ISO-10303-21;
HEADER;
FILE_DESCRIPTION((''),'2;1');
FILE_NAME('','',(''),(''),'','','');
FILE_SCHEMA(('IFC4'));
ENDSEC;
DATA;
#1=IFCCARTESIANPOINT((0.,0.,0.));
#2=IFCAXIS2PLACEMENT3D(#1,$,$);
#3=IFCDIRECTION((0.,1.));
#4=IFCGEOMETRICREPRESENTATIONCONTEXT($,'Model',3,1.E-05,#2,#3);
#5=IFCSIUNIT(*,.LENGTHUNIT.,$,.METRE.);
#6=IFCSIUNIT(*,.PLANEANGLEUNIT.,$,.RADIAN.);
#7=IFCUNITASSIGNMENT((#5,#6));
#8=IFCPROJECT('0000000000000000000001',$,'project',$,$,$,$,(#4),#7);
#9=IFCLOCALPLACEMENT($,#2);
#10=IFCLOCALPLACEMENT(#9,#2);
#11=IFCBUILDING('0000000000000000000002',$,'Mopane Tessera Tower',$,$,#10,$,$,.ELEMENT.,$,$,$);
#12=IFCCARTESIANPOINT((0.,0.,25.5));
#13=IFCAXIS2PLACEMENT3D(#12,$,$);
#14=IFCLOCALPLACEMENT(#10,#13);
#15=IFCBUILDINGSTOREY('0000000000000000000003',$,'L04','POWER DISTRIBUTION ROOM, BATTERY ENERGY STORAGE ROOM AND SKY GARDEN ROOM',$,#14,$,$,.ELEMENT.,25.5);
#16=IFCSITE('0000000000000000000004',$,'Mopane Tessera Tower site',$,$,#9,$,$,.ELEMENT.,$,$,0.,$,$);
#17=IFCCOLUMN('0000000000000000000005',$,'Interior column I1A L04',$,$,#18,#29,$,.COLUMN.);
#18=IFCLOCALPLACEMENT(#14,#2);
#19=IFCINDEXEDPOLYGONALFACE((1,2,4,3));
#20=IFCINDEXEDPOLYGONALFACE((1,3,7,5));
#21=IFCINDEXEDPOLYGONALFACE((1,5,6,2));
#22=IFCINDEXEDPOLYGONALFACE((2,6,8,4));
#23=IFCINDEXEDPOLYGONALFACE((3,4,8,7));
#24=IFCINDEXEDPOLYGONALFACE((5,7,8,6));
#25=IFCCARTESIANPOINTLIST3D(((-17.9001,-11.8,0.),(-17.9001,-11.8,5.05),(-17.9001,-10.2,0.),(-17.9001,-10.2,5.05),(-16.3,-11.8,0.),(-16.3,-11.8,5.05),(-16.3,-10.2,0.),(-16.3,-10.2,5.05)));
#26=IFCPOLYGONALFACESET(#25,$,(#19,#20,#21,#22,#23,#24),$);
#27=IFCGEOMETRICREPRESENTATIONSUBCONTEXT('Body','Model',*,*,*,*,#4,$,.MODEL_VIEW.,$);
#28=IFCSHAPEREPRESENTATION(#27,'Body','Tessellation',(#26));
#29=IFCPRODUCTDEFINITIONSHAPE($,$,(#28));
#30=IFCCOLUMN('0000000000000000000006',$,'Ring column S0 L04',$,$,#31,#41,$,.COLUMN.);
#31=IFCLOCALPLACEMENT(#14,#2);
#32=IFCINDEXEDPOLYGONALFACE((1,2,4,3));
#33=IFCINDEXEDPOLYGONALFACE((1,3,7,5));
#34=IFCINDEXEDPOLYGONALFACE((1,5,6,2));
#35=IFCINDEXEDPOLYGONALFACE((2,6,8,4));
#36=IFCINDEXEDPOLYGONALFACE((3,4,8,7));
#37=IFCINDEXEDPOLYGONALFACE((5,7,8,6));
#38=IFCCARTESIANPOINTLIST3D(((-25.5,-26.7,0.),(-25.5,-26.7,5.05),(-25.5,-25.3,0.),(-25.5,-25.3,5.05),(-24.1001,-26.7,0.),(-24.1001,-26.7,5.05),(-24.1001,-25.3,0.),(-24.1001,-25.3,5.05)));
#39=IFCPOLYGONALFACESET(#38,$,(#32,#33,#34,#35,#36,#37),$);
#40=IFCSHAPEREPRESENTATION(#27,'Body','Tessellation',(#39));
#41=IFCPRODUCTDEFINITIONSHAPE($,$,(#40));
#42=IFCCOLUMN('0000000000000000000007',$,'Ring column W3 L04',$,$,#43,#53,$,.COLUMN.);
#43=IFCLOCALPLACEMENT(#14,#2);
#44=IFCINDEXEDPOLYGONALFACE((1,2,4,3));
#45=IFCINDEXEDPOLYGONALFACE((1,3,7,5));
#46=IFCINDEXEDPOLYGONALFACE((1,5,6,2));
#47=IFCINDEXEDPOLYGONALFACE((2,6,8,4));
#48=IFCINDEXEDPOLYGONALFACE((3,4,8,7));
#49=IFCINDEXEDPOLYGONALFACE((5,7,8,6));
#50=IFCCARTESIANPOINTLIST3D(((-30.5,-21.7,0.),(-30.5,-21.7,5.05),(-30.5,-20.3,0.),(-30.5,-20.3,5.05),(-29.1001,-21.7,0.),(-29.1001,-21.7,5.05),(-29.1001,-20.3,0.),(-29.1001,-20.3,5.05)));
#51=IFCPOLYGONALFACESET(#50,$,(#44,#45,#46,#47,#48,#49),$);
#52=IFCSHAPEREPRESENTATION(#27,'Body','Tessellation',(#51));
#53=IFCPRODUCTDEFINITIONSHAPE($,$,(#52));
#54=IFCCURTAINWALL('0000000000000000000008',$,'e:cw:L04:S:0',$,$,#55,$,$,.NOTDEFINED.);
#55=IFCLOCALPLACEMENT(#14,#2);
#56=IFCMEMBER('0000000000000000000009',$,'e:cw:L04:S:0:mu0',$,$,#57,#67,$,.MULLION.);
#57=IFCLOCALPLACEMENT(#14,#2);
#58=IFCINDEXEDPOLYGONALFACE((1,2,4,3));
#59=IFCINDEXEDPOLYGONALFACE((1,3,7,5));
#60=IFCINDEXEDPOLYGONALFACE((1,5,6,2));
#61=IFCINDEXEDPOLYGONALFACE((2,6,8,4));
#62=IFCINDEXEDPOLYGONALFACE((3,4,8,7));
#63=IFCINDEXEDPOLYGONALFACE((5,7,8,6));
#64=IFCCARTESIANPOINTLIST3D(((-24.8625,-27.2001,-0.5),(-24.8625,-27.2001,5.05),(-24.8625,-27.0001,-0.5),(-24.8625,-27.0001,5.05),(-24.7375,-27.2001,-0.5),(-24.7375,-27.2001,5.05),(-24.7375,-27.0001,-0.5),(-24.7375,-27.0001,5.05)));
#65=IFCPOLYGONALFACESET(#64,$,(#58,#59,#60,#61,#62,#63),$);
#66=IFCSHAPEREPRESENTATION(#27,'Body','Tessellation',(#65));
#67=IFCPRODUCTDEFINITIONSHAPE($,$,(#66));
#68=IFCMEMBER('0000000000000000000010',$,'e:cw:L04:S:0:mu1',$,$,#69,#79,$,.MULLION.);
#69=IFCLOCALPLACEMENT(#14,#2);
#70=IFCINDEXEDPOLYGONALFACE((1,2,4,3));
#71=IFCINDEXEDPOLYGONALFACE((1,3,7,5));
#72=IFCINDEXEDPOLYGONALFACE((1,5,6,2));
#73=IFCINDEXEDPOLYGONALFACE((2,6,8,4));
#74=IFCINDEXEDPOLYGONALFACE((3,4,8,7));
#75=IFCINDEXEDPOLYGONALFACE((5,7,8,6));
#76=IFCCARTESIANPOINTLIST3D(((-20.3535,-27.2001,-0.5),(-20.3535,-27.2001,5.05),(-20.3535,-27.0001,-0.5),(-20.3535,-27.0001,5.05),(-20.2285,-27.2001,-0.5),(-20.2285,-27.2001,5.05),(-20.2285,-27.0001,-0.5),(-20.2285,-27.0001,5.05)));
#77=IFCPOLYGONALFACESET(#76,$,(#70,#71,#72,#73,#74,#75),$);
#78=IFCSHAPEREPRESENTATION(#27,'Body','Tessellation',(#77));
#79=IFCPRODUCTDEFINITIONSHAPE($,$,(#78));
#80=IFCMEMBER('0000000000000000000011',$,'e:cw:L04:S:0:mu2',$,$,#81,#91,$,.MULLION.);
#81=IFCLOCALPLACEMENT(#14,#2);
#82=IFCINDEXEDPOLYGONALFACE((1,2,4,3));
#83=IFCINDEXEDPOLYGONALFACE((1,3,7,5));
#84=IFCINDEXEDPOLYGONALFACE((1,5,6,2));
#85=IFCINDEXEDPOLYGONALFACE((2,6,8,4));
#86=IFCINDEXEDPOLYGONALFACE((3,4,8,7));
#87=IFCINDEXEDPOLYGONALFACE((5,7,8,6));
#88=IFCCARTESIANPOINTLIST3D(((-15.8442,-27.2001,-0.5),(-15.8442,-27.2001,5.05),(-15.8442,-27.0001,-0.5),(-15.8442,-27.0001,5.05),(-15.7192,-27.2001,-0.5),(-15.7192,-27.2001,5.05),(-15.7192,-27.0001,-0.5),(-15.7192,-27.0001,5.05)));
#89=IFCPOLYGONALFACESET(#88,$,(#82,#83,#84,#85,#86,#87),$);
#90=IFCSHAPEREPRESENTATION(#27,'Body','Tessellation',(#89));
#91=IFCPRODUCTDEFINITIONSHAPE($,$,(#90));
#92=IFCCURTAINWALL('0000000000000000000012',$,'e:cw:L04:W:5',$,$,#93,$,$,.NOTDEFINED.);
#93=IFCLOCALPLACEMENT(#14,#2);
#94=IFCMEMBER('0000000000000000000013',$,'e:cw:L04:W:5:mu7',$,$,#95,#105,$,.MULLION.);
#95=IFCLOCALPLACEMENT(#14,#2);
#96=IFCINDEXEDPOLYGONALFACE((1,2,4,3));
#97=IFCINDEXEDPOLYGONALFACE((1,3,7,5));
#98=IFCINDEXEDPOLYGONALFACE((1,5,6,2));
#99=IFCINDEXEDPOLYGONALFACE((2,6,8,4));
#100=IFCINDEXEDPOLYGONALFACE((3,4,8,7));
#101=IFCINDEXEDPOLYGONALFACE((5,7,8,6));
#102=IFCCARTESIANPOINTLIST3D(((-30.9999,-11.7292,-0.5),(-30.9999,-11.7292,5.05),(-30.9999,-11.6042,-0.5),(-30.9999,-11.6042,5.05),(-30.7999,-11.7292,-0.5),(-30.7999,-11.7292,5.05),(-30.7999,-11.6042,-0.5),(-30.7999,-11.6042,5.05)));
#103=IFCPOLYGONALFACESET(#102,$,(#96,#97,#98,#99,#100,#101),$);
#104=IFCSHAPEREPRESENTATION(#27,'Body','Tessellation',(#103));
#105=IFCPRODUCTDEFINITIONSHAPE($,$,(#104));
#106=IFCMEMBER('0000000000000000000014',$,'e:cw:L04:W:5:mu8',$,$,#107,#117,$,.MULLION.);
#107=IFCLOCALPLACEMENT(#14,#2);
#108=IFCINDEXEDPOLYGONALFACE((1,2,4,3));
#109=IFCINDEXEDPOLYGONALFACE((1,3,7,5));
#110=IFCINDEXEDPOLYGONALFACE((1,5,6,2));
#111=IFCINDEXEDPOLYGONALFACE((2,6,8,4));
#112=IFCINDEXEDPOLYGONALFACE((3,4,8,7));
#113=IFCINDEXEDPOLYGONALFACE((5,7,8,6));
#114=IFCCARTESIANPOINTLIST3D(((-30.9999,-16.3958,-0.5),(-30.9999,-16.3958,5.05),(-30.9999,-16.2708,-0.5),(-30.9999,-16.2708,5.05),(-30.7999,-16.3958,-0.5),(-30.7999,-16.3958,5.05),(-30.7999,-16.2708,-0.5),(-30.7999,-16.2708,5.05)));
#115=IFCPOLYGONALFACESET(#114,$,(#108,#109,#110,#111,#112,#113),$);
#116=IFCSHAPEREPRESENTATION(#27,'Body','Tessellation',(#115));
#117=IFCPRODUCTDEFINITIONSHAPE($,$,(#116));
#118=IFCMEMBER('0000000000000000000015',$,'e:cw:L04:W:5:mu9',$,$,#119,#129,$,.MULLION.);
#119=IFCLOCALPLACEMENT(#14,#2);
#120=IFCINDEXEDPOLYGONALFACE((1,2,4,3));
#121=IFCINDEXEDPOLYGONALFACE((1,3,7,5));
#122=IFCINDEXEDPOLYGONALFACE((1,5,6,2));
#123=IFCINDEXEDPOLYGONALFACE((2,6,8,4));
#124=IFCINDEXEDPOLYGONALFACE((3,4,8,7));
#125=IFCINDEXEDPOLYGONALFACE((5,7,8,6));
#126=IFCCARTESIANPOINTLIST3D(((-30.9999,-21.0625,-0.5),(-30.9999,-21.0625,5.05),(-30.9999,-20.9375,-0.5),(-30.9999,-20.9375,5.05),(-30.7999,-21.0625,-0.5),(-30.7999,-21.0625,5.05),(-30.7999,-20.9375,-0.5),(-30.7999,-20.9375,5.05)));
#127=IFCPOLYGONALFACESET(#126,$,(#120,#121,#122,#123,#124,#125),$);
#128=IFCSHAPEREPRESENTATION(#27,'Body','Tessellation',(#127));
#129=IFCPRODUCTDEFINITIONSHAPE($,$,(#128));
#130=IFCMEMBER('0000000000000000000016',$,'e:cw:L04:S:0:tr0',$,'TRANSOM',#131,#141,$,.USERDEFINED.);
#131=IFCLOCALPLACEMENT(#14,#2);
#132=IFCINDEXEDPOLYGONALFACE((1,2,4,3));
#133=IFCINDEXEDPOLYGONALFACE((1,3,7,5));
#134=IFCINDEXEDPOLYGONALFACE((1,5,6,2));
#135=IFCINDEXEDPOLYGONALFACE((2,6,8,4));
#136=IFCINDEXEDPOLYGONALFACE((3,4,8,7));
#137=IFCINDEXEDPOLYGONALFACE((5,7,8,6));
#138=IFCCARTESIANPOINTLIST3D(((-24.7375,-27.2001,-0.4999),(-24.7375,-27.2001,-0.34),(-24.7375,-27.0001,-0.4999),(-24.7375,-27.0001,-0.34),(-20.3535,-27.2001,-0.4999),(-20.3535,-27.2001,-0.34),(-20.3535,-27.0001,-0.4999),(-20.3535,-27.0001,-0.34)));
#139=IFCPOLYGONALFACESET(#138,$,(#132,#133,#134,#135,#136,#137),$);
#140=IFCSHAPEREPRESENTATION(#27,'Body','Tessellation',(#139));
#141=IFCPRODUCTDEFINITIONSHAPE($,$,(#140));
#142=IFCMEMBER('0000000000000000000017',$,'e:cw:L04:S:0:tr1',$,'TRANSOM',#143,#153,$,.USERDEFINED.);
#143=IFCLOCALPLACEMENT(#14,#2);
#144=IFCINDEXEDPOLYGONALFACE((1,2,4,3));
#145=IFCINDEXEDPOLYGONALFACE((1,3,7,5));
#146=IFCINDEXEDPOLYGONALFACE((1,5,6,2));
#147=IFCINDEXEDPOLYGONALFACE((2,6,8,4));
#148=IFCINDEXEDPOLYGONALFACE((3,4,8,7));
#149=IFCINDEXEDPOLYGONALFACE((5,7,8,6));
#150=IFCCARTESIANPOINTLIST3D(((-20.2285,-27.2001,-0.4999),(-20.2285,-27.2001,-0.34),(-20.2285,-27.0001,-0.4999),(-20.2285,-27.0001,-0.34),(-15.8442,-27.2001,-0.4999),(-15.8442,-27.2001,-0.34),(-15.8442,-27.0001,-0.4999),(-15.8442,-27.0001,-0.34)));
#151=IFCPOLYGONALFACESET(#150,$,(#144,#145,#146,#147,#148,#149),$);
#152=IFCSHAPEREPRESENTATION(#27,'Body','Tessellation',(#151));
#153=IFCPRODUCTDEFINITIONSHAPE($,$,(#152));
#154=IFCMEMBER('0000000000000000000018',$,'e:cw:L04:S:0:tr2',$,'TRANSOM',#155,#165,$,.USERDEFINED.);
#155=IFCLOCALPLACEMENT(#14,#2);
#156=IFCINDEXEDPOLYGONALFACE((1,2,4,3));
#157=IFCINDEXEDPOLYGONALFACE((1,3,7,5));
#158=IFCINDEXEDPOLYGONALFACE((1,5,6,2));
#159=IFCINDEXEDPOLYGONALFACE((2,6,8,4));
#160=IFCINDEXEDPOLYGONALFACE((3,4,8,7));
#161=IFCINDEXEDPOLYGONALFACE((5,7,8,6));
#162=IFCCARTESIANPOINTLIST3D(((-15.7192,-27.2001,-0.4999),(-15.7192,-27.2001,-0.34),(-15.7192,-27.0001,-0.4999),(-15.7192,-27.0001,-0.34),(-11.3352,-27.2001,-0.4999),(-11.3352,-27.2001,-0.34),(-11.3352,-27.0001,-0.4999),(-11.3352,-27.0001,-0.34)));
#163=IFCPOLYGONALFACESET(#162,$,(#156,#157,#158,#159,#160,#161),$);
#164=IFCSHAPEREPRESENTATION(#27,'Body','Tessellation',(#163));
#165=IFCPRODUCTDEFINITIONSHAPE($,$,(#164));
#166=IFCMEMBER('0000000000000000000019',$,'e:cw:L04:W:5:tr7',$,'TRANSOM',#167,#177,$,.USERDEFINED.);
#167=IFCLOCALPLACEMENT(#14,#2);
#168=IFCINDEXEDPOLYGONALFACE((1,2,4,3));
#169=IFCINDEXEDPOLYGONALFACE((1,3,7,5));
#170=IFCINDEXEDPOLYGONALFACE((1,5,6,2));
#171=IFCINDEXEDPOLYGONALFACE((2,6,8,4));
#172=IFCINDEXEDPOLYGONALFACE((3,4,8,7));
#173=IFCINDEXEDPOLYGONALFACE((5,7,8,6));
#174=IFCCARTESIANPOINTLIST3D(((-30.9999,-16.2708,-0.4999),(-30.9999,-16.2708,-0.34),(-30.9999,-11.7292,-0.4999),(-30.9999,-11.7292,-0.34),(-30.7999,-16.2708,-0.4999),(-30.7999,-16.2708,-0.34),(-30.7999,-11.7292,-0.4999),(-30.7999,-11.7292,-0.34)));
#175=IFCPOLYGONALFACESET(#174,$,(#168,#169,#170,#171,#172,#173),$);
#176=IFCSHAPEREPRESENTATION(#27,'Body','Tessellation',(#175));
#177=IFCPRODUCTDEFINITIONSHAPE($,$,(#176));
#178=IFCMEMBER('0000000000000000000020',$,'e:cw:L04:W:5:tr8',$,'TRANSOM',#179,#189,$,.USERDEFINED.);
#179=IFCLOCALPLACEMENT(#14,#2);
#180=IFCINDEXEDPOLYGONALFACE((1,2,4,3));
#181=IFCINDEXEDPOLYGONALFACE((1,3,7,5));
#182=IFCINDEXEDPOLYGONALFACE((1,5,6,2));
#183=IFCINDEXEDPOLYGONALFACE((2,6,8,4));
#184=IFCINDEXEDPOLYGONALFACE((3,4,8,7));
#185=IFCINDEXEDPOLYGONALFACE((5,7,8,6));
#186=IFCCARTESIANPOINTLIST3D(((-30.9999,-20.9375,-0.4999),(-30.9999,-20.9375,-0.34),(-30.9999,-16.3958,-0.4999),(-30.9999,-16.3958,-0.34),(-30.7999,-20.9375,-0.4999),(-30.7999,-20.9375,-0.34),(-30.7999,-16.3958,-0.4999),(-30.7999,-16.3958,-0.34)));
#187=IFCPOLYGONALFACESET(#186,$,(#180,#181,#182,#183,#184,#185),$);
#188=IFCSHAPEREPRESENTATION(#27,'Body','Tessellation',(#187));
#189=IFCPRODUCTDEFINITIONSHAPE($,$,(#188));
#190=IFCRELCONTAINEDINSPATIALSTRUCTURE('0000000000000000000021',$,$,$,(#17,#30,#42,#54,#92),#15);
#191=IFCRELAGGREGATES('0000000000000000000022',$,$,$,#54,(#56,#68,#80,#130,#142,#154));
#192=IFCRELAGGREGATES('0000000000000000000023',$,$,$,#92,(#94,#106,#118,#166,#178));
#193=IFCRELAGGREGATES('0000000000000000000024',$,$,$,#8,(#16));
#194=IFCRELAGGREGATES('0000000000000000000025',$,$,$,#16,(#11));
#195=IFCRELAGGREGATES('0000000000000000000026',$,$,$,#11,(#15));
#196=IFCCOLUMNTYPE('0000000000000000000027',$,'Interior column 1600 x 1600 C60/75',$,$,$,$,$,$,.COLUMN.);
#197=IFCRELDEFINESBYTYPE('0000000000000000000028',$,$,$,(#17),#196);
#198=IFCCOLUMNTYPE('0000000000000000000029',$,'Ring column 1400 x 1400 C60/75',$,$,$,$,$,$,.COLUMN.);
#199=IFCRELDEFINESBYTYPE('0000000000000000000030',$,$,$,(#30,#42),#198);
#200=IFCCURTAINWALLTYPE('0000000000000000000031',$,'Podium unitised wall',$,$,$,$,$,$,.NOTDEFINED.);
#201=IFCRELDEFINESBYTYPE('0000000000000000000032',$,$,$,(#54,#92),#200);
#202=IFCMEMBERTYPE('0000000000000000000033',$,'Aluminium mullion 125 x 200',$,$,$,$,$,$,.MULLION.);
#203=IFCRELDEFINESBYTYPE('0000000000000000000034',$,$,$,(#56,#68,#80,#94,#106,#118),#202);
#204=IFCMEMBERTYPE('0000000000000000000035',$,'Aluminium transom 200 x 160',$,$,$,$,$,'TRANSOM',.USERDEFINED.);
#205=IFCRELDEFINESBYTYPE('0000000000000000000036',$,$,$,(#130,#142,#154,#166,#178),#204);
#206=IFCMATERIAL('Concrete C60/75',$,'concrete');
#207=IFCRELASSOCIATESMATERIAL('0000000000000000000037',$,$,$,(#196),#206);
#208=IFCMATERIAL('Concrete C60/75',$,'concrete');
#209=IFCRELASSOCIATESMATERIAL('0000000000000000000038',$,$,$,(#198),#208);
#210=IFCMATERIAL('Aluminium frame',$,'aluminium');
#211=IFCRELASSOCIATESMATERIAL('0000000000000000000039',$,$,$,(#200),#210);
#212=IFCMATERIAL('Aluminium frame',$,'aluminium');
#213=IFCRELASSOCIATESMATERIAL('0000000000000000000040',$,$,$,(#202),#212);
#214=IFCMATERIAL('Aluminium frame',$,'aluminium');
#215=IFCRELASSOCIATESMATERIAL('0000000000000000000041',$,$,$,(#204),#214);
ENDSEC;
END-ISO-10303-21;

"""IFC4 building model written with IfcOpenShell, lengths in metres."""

from ifc_helpers import new_model, si_unit, direction, frame, origin, origin_2d, place, context, subcontext, project, spatial, rectangle, extrude, material, material_profile, profile_set, type_object, element, aggregate, save


model = new_model("IFC4")

# Units and contexts
model_context = context("Model", 3, precision=1e-05, world=origin(), true_north=direction((0.0, 1.0)))
body_context = subcontext(model_context, "Body", "Model", "MODEL_VIEW")
ifc_project = project(units=[si_unit("LENGTHUNIT", "METRE"), si_unit("PLANEANGLEUNIT", "RADIAN")], contexts=[model_context])

# Site, building, storey
site_placement = place(None, origin())
site = spatial("IfcSite", under=ifc_project, at=site_placement, Name="Mopane Tessera Tower site", CompositionType="ELEMENT", RefElevation=0.0)
building_placement = place(site_placement, origin())
building = spatial("IfcBuilding", under=site, at=building_placement, Name="Mopane Tessera Tower", CompositionType="ELEMENT")
storey_placement = place(building_placement, frame((0.0, 0.0, 25.5)))
storey = spatial("IfcBuildingStorey", under=building, at=storey_placement, Name="L04", Description="POWER DISTRIBUTION ROOM, BATTERY ENERGY STORAGE ROOM AND SKY GARDEN ROOM", CompositionType="ELEMENT", Elevation=25.5)

# Columns
ifc_material_1 = material(Name="Concrete C60/75", Category="concrete")
ifc_material_profile_1 = material_profile(ifc_material_1, rectangle(XDim=1.6001, YDim=1.6001, at=origin_2d()))
ifc_profile_set_1 = profile_set([ifc_material_profile_1], Name="Concrete C60/75")
column_type_1 = type_object("IfcColumnType", Name="Interior column 1600 x 1600 C60/75", PredefinedType="COLUMN", material=ifc_profile_set_1)
column_placement = place(storey_placement, frame((-17.1001, -11.0, 0.0), z_axis=(0.0, 0.0, 1.0), x_axis=(1.0, 0.0, 0.0)))
element("IfcColumn", 1, at=column_placement, inside=storey, type_object=column_type_1, Name="Interior column I1A L04", PredefinedType="COLUMN", context=body_context, shape_type="SweptSolid", body=[
    extrude(rectangle(XDim=1.6001, YDim=1.6001, at=origin_2d()), origin(), (0.0, 0.0, 1.0), 5.05),
])
ifc_material_2 = material(Name="Concrete C60/75", Category="concrete")
ifc_material_profile_2 = material_profile(ifc_material_2, rectangle(XDim=1.3999, YDim=1.3999, at=origin_2d()))
ifc_profile_set_2 = profile_set([ifc_material_profile_2], Name="Concrete C60/75")
column_type_2 = type_object("IfcColumnType", Name="Ring column 1400 x 1400 C60/75", PredefinedType="COLUMN", material=ifc_profile_set_2)
for number, where, z_axis, x_axis, name in (
    (2, (-24.8, -26.0, 0.0), (0.0, 0.0, 1.0), (1.0, 0.0, 0.0), "Ring column S0 L04"),
    (3, (-29.8, -21.0, 0.0), (0.0, 0.0, 1.0), (1.0, 0.0, 0.0), "Ring column W3 L04"),
):
    element("IfcColumn", number, at=place(storey_placement, frame(where, z_axis=z_axis, x_axis=x_axis)), inside=storey, type_object=column_type_2, Name=name, PredefinedType="COLUMN", context=body_context, shape_type="SweptSolid", body=[
        extrude(rectangle(XDim=1.3999, YDim=1.3999, at=origin_2d()), origin(), (0.0, 0.0, 1.0), 5.05),
    ])

# Curtain walls, members
ifc_material_3 = material(Name="Aluminium frame", Category="aluminium")
curtain_wall_type = type_object("IfcCurtainWallType", Name="Podium unitised wall", PredefinedType="NOTDEFINED", material=ifc_material_3)
curtain_wall_1_placement = place(storey_placement, origin())
curtain_wall_1 = element("IfcCurtainWall", 4, at=curtain_wall_1_placement, inside=storey, type_object=curtain_wall_type, Name="e:cw:L04:S:0", PredefinedType="NOTDEFINED")
ifc_material_4 = material(Name="Aluminium frame", Category="aluminium")
ifc_material_profile_3 = material_profile(ifc_material_4, rectangle(XDim=0.125, YDim=0.2, at=origin_2d()))
ifc_profile_set_3 = profile_set([ifc_material_profile_3], Name="Aluminium frame")
member_type_1 = type_object("IfcMemberType", Name="Aluminium mullion 125 x 200", PredefinedType="MULLION", material=ifc_profile_set_3)
member_1_placement = place(storey_placement, frame((-24.8, -27.1001, -0.5), z_axis=(0.0, 0.0, 1.0), x_axis=(1.0, 0.0, 0.0)))
member_1 = element("IfcMember", 5, at=member_1_placement, type_object=member_type_1, Name="e:cw:L04:S:0:mu0", PredefinedType="MULLION", context=body_context, shape_type="SweptSolid", body=[
    extrude(rectangle(XDim=0.125, YDim=0.2, at=origin_2d()), origin(), (0.0, 0.0, 1.0), 5.55),
])
member_2_placement = place(storey_placement, frame((-20.291, -27.1001, -0.5), z_axis=(0.0, 0.0, 1.0), x_axis=(1.0, 0.0, 0.0)))
member_2 = element("IfcMember", 6, at=member_2_placement, type_object=member_type_1, Name="e:cw:L04:S:0:mu1", PredefinedType="MULLION", context=body_context, shape_type="SweptSolid", body=[
    extrude(rectangle(XDim=0.125, YDim=0.2, at=origin_2d()), origin(), (0.0, 0.0, 1.0), 5.55),
])
member_3_placement = place(storey_placement, frame((-15.7817, -27.1001, -0.5), z_axis=(0.0, 0.0, 1.0), x_axis=(1.0, 0.0, 0.0)))
member_3 = element("IfcMember", 7, at=member_3_placement, type_object=member_type_1, Name="e:cw:L04:S:0:mu2", PredefinedType="MULLION", context=body_context, shape_type="SweptSolid", body=[
    extrude(rectangle(XDim=0.125, YDim=0.2, at=origin_2d()), origin(), (0.0, 0.0, 1.0), 5.55),
])
curtain_wall_2_placement = place(storey_placement, origin())
curtain_wall_2 = element("IfcCurtainWall", 8, at=curtain_wall_2_placement, inside=storey, type_object=curtain_wall_type, Name="e:cw:L04:W:5", PredefinedType="NOTDEFINED")
member_4_placement = place(storey_placement, frame((-30.8999, -11.6667, -0.5), z_axis=(0.0, 0.0, 1.0), x_axis=(0.0, -1.0, 0.0)))
member_4 = element("IfcMember", 9, at=member_4_placement, type_object=member_type_1, Name="e:cw:L04:W:5:mu7", PredefinedType="MULLION", context=body_context, shape_type="SweptSolid", body=[
    extrude(rectangle(XDim=0.125, YDim=0.2, at=origin_2d()), origin(), (0.0, 0.0, 1.0), 5.55),
])
member_5_placement = place(storey_placement, frame((-30.8999, -16.3333, -0.5), z_axis=(0.0, 0.0, 1.0), x_axis=(0.0, -1.0, 0.0)))
member_5 = element("IfcMember", 10, at=member_5_placement, type_object=member_type_1, Name="e:cw:L04:W:5:mu8", PredefinedType="MULLION", context=body_context, shape_type="SweptSolid", body=[
    extrude(rectangle(XDim=0.125, YDim=0.2, at=origin_2d()), origin(), (0.0, 0.0, 1.0), 5.55),
])
member_6_placement = place(storey_placement, frame((-30.8999, -21.0, -0.5), z_axis=(0.0, 0.0, 1.0), x_axis=(0.0, -1.0, 0.0)))
member_6 = element("IfcMember", 11, at=member_6_placement, type_object=member_type_1, Name="e:cw:L04:W:5:mu9", PredefinedType="MULLION", context=body_context, shape_type="SweptSolid", body=[
    extrude(rectangle(XDim=0.125, YDim=0.2, at=origin_2d()), origin(), (0.0, 0.0, 1.0), 5.55),
])

# Members
ifc_material_5 = material(Name="Aluminium frame", Category="aluminium")
ifc_material_profile_4 = material_profile(ifc_material_5, rectangle(XDim=0.2, YDim=0.1599, at=origin_2d()))
ifc_profile_set_4 = profile_set([ifc_material_profile_4], Name="Aluminium frame")
member_type_2 = type_object("IfcMemberType", Name="Aluminium transom 200 x 160", ElementType="TRANSOM", PredefinedType="USERDEFINED", material=ifc_profile_set_4)
member_7_placement = place(storey_placement, frame((-24.7375, -27.1001, -0.4199), z_axis=(1.0, 0.0, 0.0), x_axis=(0.0, 1.0, 0.0)))
member_7 = element("IfcMember", 12, at=member_7_placement, type_object=member_type_2, Name="e:cw:L04:S:0:tr0", ObjectType="TRANSOM", PredefinedType="USERDEFINED", context=body_context, shape_type="SweptSolid", body=[
    extrude(rectangle(XDim=0.2, YDim=0.1599, at=origin_2d()), origin(), (0.0, 0.0, 1.0), 4.384),
])
member_8_placement = place(storey_placement, frame((-20.2285, -27.1001, -0.4199), z_axis=(1.0, 0.0, 0.0), x_axis=(0.0, 1.0, 0.0)))
member_8 = element("IfcMember", 13, at=member_8_placement, type_object=member_type_2, Name="e:cw:L04:S:0:tr1", ObjectType="TRANSOM", PredefinedType="USERDEFINED", context=body_context, shape_type="SweptSolid", body=[
    extrude(rectangle(XDim=0.2, YDim=0.1599, at=origin_2d()), origin(), (0.0, 0.0, 1.0), 4.3843),
])
member_9_placement = place(storey_placement, frame((-15.7192, -27.1001, -0.4199), z_axis=(1.0, 0.0, 0.0), x_axis=(0.0, 1.0, 0.0)))
member_9 = element("IfcMember", 14, at=member_9_placement, type_object=member_type_2, Name="e:cw:L04:S:0:tr2", ObjectType="TRANSOM", PredefinedType="USERDEFINED", context=body_context, shape_type="SweptSolid", body=[
    extrude(rectangle(XDim=0.2, YDim=0.1599, at=origin_2d()), origin(), (0.0, 0.0, 1.0), 4.384),
])
member_10_placement = place(storey_placement, frame((-30.8999, -11.7292, -0.4199), z_axis=(0.0, -1.0, 0.0), x_axis=(1.0, 0.0, 0.0)))
member_10 = element("IfcMember", 15, at=member_10_placement, type_object=member_type_2, Name="e:cw:L04:W:5:tr7", ObjectType="TRANSOM", PredefinedType="USERDEFINED", context=body_context, shape_type="SweptSolid", body=[
    extrude(rectangle(XDim=0.2, YDim=0.1599, at=origin_2d()), origin(), (0.0, 0.0, 1.0), 4.5415),
])
member_11_placement = place(storey_placement, frame((-30.8999, -16.3958, -0.4199), z_axis=(0.0, -1.0, 0.0), x_axis=(1.0, 0.0, 0.0)))
member_11 = element("IfcMember", 16, at=member_11_placement, type_object=member_type_2, Name="e:cw:L04:W:5:tr8", ObjectType="TRANSOM", PredefinedType="USERDEFINED", context=body_context, shape_type="SweptSolid", body=[
    extrude(rectangle(XDim=0.2, YDim=0.1599, at=origin_2d()), origin(), (0.0, 0.0, 1.0), 4.5417),
])

aggregate(curtain_wall_1, [member_1, member_2, member_3, member_7, member_8, member_9])
aggregate(curtain_wall_2, [member_4, member_5, member_6, member_10, member_11])

save(model, "model.ifc")
